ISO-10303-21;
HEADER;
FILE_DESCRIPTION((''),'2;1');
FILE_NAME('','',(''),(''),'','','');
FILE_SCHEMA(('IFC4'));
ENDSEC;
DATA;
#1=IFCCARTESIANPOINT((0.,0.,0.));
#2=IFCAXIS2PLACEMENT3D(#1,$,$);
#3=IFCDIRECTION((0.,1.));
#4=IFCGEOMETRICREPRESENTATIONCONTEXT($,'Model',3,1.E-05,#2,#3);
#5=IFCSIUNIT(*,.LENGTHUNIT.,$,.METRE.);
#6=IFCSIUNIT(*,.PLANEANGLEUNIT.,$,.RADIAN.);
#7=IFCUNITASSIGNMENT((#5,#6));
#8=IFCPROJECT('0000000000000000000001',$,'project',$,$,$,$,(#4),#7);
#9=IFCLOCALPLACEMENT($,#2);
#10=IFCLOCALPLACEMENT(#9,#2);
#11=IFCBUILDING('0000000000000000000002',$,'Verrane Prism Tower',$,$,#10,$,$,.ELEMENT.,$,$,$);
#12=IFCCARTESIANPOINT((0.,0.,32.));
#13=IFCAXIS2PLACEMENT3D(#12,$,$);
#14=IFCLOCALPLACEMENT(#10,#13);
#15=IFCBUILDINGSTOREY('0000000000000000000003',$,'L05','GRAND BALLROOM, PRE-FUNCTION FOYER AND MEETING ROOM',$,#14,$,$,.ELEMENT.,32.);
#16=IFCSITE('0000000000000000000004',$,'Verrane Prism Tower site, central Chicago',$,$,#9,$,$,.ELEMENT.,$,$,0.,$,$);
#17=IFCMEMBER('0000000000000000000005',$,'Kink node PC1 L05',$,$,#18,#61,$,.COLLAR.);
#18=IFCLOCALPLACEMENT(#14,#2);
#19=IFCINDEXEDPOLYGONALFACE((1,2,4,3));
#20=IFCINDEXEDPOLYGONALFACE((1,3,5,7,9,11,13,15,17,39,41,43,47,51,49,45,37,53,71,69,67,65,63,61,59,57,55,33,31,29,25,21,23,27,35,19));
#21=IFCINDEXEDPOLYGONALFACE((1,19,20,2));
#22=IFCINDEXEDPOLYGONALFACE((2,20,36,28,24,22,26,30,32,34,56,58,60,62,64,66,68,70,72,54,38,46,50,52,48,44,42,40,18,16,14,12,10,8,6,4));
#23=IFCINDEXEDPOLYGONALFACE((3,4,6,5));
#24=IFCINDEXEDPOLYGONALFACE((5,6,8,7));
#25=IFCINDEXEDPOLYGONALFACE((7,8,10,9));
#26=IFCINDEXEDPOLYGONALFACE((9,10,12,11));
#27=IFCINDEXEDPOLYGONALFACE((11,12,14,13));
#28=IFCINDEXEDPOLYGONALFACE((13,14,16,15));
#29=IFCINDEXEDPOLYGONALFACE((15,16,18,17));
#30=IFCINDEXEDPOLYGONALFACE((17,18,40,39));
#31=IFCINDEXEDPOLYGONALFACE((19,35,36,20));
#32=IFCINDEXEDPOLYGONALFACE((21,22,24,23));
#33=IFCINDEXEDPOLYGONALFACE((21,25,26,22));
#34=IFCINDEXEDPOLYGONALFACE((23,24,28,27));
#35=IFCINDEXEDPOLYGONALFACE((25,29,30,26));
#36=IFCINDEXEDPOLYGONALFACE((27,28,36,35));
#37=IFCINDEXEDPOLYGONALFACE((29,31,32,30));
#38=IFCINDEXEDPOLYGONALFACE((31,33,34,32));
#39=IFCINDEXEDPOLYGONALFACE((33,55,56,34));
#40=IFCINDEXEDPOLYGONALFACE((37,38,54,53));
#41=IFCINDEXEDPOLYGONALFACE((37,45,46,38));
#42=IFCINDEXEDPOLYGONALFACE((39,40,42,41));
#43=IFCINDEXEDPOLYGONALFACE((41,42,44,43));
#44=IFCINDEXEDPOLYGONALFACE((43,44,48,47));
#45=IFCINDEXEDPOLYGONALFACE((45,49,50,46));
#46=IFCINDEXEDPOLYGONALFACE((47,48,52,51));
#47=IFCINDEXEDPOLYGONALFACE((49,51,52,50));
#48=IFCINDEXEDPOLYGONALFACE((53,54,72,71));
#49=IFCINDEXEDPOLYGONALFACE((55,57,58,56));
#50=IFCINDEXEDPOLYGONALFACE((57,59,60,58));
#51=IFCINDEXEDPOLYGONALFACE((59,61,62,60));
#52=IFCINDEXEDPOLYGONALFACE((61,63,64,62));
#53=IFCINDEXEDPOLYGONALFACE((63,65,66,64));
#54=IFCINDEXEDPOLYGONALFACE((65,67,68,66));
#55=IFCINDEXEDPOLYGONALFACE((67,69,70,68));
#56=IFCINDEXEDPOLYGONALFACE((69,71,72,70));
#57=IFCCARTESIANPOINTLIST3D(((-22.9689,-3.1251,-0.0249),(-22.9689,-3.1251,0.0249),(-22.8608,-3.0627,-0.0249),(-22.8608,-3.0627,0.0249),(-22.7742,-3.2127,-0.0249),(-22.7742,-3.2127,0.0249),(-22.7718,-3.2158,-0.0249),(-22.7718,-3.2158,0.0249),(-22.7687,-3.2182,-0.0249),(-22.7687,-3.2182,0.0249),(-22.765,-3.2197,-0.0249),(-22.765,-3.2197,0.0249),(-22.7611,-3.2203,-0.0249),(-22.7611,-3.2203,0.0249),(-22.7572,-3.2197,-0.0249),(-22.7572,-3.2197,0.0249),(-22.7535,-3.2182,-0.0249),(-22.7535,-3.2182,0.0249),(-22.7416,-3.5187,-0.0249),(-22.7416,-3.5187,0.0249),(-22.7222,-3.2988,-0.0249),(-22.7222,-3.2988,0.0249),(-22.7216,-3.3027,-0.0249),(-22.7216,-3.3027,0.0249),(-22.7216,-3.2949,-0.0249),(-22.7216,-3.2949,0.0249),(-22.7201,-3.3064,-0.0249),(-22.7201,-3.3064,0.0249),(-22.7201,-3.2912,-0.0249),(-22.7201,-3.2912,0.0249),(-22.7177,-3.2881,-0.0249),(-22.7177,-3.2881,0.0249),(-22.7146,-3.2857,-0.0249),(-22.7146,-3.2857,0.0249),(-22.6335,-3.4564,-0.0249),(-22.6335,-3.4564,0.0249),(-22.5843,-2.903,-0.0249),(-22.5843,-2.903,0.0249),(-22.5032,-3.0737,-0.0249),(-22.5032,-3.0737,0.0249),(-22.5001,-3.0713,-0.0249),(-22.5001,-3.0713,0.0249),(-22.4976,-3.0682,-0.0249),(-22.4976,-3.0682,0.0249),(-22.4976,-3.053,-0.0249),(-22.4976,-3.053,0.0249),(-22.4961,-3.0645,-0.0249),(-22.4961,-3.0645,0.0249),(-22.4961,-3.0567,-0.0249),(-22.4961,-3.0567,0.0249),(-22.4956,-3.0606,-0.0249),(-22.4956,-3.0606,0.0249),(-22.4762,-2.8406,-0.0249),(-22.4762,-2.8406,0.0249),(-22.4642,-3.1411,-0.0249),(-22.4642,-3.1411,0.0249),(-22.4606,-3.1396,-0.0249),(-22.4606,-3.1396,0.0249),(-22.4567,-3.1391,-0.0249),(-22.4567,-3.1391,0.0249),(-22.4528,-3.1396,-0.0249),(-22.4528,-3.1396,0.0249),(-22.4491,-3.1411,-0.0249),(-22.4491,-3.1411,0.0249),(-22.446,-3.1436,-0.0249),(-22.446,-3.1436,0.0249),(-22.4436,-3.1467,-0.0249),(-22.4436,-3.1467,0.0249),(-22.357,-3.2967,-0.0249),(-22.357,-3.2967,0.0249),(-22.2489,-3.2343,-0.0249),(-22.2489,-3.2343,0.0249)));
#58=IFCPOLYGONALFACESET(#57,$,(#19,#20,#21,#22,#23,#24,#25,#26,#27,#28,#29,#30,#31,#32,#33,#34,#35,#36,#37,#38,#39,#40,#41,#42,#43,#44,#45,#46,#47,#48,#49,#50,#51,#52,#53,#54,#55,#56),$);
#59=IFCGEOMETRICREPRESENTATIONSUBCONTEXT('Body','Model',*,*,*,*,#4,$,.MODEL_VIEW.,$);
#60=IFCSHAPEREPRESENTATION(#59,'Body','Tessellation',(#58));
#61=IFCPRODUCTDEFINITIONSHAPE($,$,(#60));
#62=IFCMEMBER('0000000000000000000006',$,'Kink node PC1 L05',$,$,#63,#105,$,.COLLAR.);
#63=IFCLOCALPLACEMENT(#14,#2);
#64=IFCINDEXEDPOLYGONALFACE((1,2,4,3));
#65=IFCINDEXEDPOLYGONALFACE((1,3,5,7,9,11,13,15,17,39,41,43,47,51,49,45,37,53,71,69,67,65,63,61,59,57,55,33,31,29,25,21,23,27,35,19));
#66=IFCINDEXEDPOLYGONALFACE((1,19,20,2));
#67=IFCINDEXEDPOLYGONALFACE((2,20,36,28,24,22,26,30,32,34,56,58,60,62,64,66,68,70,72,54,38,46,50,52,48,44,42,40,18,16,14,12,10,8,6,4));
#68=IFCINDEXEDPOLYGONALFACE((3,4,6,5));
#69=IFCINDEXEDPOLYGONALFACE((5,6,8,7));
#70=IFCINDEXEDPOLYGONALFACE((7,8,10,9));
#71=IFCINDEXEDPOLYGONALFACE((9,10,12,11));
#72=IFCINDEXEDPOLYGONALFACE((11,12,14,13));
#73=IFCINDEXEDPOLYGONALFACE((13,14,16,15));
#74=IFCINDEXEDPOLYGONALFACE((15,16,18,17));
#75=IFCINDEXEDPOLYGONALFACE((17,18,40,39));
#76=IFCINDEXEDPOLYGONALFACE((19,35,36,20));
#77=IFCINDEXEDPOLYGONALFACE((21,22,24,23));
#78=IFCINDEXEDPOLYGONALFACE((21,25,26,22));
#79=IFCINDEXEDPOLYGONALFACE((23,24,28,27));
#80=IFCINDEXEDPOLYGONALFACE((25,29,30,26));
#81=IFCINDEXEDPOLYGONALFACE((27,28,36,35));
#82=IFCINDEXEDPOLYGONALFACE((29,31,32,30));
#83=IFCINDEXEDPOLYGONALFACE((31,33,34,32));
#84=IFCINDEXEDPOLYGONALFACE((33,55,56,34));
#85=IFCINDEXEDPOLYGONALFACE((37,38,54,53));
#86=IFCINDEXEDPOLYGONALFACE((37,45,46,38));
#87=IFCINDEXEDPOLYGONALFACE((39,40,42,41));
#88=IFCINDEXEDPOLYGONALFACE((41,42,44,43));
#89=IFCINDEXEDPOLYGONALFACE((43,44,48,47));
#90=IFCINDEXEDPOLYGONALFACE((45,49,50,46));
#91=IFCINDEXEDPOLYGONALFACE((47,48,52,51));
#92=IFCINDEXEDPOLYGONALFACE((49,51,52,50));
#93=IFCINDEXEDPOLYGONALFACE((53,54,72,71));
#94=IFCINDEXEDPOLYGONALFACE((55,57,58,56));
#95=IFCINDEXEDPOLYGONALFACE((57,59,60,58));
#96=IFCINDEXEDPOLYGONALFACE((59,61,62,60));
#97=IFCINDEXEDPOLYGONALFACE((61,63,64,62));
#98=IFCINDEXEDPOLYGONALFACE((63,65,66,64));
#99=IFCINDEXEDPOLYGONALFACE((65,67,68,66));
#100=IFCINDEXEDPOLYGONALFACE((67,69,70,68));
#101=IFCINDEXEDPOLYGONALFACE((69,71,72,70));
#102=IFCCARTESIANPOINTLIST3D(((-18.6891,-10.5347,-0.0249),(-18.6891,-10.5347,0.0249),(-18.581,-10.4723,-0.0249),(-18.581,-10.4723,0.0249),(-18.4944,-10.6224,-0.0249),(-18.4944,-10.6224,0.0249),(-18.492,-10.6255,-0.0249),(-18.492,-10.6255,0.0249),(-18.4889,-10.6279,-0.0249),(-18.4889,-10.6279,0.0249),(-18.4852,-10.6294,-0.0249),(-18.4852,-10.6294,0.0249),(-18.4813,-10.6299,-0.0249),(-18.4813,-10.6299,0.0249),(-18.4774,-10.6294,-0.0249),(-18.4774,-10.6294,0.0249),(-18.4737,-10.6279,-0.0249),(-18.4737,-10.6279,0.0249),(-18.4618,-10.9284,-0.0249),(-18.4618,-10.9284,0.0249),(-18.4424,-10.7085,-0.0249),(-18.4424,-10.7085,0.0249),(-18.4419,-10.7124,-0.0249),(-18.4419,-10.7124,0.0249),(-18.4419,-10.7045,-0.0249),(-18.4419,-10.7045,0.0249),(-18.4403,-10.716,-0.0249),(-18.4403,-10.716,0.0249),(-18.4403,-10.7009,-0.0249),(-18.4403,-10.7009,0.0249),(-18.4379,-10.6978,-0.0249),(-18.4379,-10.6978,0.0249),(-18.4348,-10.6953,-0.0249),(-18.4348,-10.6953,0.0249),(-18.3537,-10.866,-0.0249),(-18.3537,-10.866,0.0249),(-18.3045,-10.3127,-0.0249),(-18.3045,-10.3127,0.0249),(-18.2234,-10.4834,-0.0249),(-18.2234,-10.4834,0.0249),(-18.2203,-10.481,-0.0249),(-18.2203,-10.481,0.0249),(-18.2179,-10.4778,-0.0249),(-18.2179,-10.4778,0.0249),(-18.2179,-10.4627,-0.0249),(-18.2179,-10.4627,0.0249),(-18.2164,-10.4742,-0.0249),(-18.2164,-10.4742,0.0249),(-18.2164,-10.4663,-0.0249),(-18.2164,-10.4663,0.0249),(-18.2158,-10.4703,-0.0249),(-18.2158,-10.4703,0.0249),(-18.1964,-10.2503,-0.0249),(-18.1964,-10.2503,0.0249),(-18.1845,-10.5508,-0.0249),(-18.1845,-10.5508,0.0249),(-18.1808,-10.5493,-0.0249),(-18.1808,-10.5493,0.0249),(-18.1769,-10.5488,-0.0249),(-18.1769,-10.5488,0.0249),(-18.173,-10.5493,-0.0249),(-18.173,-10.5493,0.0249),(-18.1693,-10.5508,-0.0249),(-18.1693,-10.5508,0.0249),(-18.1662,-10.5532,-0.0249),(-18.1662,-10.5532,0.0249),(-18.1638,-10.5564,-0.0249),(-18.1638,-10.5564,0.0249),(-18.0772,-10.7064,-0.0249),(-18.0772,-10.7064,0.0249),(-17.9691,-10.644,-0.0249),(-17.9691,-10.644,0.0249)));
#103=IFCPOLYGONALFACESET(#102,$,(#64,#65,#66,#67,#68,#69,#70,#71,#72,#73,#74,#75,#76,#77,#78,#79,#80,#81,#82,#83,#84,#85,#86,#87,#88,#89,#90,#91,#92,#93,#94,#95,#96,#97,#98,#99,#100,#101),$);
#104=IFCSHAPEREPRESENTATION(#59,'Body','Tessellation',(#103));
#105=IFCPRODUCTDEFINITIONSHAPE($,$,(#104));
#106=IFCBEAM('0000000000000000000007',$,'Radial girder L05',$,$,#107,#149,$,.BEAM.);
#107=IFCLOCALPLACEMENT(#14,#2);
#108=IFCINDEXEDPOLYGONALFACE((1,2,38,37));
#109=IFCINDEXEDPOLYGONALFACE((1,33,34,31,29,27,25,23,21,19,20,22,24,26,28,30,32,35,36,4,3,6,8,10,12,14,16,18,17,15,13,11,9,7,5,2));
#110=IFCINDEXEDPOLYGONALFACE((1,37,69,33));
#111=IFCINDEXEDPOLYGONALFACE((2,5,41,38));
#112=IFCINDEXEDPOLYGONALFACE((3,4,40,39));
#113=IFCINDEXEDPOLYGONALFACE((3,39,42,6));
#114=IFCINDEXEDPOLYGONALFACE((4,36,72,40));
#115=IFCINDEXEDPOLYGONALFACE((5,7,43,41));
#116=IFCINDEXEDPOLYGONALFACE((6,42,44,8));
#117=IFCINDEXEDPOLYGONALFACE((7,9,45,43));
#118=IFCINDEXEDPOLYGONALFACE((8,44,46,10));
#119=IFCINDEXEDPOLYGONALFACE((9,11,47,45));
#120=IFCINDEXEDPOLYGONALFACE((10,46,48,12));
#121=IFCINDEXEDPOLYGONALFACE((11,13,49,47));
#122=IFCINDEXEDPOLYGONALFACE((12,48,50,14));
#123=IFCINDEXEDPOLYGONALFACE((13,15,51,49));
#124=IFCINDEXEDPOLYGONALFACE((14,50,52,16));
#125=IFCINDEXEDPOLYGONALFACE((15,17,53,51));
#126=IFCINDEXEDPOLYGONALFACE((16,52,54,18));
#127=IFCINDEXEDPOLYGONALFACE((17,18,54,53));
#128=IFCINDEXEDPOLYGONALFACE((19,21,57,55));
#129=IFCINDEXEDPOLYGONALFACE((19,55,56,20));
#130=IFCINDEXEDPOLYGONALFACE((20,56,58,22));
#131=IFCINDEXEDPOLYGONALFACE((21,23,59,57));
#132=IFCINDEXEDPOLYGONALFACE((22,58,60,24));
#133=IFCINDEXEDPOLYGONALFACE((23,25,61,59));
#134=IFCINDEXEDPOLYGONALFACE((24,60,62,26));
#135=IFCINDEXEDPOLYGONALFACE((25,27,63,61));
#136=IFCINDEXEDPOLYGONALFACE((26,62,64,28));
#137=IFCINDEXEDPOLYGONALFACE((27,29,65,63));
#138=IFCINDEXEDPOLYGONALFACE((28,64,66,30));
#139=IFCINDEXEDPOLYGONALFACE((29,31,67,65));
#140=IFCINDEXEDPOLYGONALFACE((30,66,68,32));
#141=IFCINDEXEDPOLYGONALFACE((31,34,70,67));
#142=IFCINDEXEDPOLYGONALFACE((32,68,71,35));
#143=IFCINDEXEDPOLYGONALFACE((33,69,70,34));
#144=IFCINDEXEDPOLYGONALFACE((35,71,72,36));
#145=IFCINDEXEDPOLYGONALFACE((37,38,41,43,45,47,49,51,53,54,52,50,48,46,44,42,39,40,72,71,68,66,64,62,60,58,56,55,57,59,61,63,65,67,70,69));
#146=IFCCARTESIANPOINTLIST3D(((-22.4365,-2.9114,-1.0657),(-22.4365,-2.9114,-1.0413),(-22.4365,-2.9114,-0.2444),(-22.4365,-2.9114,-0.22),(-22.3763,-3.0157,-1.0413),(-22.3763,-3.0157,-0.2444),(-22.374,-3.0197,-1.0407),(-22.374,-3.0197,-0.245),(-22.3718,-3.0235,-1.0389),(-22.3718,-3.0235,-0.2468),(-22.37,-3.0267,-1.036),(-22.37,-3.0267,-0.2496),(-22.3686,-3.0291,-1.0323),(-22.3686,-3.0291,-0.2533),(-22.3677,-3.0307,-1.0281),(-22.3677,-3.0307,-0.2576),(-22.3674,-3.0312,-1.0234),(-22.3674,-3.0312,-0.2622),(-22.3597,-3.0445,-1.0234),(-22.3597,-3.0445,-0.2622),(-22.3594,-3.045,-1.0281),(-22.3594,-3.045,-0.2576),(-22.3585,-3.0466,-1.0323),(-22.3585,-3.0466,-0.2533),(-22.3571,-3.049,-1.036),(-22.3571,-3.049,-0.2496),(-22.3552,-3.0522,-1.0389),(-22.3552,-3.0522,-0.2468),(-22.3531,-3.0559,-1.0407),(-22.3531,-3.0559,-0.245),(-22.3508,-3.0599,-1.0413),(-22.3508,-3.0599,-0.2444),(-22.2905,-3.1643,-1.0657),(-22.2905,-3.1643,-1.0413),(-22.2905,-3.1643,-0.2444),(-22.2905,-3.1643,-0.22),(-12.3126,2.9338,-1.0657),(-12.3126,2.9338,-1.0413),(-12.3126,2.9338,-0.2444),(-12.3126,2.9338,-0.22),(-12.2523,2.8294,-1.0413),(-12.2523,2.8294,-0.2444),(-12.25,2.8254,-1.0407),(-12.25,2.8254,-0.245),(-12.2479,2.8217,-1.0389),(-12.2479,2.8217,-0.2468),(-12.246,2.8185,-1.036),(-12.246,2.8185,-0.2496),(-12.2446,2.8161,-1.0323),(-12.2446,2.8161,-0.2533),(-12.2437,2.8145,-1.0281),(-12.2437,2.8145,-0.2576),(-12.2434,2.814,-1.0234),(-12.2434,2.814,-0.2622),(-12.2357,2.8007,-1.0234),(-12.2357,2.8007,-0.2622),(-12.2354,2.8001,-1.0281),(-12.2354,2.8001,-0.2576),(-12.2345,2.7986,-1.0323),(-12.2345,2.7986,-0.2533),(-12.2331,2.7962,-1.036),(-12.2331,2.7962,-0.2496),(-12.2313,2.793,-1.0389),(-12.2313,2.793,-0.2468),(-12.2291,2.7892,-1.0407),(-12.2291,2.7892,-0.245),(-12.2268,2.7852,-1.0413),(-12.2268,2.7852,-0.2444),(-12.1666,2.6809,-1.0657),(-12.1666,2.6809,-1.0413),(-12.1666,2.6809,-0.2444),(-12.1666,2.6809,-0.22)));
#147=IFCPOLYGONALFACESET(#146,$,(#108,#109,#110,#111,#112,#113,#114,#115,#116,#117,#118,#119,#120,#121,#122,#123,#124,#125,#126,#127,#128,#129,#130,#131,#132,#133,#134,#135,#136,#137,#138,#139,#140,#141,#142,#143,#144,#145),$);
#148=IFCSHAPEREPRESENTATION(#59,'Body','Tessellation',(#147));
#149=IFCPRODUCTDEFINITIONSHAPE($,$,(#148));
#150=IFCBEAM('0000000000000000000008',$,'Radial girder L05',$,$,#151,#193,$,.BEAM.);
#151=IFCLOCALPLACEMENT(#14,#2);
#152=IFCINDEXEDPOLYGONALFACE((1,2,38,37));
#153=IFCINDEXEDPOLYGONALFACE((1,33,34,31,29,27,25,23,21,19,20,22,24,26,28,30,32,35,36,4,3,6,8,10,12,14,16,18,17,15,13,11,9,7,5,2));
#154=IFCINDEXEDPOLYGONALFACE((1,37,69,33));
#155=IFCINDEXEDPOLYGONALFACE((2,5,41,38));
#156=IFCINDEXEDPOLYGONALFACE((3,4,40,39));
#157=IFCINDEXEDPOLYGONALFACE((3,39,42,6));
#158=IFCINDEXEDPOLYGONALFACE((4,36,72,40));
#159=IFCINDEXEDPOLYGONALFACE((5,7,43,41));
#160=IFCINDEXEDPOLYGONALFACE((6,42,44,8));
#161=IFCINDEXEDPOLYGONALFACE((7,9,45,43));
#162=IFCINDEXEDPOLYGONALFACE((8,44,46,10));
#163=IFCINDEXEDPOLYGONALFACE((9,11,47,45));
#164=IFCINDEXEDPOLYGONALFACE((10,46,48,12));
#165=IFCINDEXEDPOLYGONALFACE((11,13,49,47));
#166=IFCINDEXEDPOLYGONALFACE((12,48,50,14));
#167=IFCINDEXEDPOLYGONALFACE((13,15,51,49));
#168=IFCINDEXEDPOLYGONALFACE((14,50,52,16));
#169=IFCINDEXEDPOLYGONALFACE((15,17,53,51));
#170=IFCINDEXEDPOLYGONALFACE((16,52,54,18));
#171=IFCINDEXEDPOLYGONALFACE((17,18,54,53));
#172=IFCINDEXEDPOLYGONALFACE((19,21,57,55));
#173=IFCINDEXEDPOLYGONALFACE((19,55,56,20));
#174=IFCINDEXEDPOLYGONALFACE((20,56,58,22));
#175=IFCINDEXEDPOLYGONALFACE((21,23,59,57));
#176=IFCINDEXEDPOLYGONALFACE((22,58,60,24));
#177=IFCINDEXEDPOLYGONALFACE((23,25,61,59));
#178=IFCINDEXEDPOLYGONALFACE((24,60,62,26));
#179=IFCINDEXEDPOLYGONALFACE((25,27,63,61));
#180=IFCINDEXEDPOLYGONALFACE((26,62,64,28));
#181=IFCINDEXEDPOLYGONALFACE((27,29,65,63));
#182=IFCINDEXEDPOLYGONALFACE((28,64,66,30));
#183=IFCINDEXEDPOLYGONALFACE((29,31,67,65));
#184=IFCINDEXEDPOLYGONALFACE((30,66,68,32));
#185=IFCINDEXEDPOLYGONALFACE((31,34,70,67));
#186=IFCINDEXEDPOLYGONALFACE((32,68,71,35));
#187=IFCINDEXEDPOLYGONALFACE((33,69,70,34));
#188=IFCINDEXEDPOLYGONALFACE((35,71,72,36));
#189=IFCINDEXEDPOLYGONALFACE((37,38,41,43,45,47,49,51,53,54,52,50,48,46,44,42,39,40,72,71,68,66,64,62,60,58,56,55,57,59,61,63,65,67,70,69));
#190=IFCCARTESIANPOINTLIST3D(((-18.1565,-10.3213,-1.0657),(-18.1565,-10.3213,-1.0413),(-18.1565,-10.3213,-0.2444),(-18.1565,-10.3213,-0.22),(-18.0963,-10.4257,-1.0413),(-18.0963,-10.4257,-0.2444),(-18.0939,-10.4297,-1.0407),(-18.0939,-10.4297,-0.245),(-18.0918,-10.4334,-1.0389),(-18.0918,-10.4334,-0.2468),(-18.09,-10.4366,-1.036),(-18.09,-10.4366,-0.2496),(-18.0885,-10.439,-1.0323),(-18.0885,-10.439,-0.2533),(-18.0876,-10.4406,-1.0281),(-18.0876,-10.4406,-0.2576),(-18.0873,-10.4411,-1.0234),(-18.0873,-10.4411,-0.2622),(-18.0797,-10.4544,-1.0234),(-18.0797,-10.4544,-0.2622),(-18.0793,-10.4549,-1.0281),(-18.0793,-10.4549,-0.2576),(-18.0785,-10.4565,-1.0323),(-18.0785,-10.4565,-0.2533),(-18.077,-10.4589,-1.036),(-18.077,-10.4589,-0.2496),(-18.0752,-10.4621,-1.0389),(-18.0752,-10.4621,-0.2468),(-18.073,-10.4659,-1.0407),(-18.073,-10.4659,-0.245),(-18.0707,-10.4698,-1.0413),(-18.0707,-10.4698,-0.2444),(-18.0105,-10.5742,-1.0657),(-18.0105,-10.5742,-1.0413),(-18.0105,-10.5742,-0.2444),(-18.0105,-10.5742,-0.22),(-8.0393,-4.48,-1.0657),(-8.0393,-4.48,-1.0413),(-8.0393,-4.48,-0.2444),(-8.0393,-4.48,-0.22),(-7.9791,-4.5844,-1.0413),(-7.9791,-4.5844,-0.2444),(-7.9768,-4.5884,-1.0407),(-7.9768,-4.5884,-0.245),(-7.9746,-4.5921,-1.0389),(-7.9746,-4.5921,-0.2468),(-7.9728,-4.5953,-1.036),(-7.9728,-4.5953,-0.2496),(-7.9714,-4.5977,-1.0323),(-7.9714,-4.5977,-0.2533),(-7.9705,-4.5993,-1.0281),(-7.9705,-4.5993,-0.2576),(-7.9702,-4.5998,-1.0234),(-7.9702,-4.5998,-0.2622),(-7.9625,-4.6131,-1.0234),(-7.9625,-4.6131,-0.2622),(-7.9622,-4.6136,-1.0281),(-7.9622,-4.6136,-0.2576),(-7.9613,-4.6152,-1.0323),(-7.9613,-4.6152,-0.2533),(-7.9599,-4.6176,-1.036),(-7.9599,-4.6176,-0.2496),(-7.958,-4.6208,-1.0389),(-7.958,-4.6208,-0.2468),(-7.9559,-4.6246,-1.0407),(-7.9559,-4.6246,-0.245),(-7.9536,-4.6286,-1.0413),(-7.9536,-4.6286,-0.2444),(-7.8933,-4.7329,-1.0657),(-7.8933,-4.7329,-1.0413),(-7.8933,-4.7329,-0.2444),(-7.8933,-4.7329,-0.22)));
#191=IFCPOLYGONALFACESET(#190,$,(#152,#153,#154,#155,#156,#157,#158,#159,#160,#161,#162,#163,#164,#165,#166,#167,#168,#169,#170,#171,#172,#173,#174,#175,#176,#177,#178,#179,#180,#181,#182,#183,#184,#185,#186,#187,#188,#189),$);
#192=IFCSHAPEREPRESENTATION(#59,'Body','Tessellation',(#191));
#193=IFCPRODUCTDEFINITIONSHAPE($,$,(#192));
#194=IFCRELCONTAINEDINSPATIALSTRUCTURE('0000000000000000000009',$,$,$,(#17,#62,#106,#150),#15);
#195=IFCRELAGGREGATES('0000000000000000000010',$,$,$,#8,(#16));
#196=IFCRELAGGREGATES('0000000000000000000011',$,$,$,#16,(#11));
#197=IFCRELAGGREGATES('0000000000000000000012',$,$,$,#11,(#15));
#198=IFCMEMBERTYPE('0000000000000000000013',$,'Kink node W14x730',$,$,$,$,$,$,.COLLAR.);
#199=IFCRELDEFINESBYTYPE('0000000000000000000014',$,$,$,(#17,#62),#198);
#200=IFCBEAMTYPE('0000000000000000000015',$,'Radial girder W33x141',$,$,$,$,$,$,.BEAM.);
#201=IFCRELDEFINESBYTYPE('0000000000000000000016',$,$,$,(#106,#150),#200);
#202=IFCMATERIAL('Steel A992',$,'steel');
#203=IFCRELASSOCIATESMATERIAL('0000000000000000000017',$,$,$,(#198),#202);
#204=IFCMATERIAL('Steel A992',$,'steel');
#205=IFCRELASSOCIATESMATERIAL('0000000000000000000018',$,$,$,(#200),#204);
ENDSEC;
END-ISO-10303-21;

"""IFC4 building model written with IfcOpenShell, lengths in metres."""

from ifc_helpers import new_model, si_unit, direction, frame, origin, origin_2d, place, context, subcontext, project, spatial, i_section, extrude, material, material_profile, profile_set, type_object, element, save


model = new_model("IFC4")

# Units and contexts
model_context = context("Model", 3, precision=1e-05, world=origin(), true_north=direction((0.0, 1.0)))
body_context = subcontext(model_context, "Body", "Model", "MODEL_VIEW")
ifc_project = project(units=[si_unit("LENGTHUNIT", "METRE"), si_unit("PLANEANGLEUNIT", "RADIAN")], contexts=[model_context])

# Site, building, storey
site_placement = place(None, origin())
site = spatial("IfcSite", under=ifc_project, at=site_placement, Name="Verrane Prism Tower site, central Chicago", CompositionType="ELEMENT", RefElevation=0.0)
building_placement = place(site_placement, origin())
building = spatial("IfcBuilding", under=site, at=building_placement, Name="Verrane Prism Tower", CompositionType="ELEMENT")
storey_placement = place(building_placement, frame((0.0, 0.0, 32.0)))
storey = spatial("IfcBuildingStorey", under=building, at=storey_placement, Name="L05", Description="GRAND BALLROOM, PRE-FUNCTION FOYER AND MEETING ROOM", CompositionType="ELEMENT", Elevation=32.0)

# Members
ifc_material_1 = material(Name="Steel A992", Category="steel")
ifc_material_profile_1 = material_profile(ifc_material_1, i_section(OverallWidth=0.4546, OverallDepth=0.5688, WebThickness=0.0779, FlangeThickness=0.1248, FilletRadius=0.0151, at=origin_2d()), Name="W14x730")
ifc_profile_set_1 = profile_set([ifc_material_profile_1], Name="Steel A992")
member_type_1 = type_object("IfcMemberType", Name="Kink node W14x730", PredefinedType="COLLAR", material=ifc_profile_set_1)
for number, where, z_axis, x_axis, name in (
    (1, (-22.6089, -3.1797, -0.0249), (0.0, 0.0, 1.0), (-0.5, 0.866025, 0.0), "Kink node PC1 L05"),
    (2, (-18.3291, -10.5894, -0.0249), (0.0, 0.0, 1.0), (-0.5, 0.866025, 0.0), "Kink node PC1 L05"),
):
    element("IfcMember", number, at=place(storey_placement, frame(where, z_axis=z_axis, x_axis=x_axis)), inside=storey, type_object=member_type_1, Name=name, PredefinedType="COLLAR", context=body_context, shape_type="SweptSolid", body=[
        extrude(i_section(OverallWidth=0.4546, OverallDepth=0.5688, WebThickness=0.0779, FlangeThickness=0.1248, FilletRadius=0.0151, at=origin_2d()), origin(), (0.0, 0.0, 1.0), 0.0498),
    ])

# Beams
ifc_material_2 = material(Name="Steel A992", Category="steel")
ifc_material_profile_2 = material_profile(ifc_material_2, i_section(OverallWidth=0.292, OverallDepth=0.8457, WebThickness=0.0154, FlangeThickness=0.0244, FilletRadius=0.0178, at=origin_2d()), Name="W33x141")
ifc_profile_set_2 = profile_set([ifc_material_profile_2], Name="Steel A992")
beam_type_1 = type_object("IfcBeamType", Name="Radial girder W33x141", PredefinedType="BEAM", material=ifc_profile_set_2)
beam_1_placement = place(storey_placement, frame((-22.3635, -3.0378, -0.6428), z_axis=(0.866021, 0.500007, 0.0), x_axis=(-0.500007, 0.866021, 0.0)))
element("IfcBeam", 3, at=beam_1_placement, inside=storey, type_object=beam_type_1, Name="Radial girder L05", PredefinedType="BEAM", context=body_context, shape_type="SweptSolid", body=[
    extrude(i_section(OverallWidth=0.292, OverallDepth=0.8457, WebThickness=0.0154, FlangeThickness=0.0244, FilletRadius=0.0178, at=origin_2d()), origin(), (0.0, 0.0, 1.0), 11.6902),
])
beam_2_placement = place(storey_placement, frame((-18.0835, -10.4478, -0.6428), z_axis=(0.86602, 0.500009, 0.0), x_axis=(-0.500009, 0.86602, 0.0)))
element("IfcBeam", 4, at=beam_2_placement, inside=storey, type_object=beam_type_1, Name="Radial girder L05", PredefinedType="BEAM", context=body_context, shape_type="SweptSolid", body=[
    extrude(i_section(OverallWidth=0.292, OverallDepth=0.8457, WebThickness=0.0154, FlangeThickness=0.0244, FilletRadius=0.0178, at=origin_2d()), origin(), (0.0, 0.0, 1.0), 11.6824),
])

save(model, "model.ifc")
